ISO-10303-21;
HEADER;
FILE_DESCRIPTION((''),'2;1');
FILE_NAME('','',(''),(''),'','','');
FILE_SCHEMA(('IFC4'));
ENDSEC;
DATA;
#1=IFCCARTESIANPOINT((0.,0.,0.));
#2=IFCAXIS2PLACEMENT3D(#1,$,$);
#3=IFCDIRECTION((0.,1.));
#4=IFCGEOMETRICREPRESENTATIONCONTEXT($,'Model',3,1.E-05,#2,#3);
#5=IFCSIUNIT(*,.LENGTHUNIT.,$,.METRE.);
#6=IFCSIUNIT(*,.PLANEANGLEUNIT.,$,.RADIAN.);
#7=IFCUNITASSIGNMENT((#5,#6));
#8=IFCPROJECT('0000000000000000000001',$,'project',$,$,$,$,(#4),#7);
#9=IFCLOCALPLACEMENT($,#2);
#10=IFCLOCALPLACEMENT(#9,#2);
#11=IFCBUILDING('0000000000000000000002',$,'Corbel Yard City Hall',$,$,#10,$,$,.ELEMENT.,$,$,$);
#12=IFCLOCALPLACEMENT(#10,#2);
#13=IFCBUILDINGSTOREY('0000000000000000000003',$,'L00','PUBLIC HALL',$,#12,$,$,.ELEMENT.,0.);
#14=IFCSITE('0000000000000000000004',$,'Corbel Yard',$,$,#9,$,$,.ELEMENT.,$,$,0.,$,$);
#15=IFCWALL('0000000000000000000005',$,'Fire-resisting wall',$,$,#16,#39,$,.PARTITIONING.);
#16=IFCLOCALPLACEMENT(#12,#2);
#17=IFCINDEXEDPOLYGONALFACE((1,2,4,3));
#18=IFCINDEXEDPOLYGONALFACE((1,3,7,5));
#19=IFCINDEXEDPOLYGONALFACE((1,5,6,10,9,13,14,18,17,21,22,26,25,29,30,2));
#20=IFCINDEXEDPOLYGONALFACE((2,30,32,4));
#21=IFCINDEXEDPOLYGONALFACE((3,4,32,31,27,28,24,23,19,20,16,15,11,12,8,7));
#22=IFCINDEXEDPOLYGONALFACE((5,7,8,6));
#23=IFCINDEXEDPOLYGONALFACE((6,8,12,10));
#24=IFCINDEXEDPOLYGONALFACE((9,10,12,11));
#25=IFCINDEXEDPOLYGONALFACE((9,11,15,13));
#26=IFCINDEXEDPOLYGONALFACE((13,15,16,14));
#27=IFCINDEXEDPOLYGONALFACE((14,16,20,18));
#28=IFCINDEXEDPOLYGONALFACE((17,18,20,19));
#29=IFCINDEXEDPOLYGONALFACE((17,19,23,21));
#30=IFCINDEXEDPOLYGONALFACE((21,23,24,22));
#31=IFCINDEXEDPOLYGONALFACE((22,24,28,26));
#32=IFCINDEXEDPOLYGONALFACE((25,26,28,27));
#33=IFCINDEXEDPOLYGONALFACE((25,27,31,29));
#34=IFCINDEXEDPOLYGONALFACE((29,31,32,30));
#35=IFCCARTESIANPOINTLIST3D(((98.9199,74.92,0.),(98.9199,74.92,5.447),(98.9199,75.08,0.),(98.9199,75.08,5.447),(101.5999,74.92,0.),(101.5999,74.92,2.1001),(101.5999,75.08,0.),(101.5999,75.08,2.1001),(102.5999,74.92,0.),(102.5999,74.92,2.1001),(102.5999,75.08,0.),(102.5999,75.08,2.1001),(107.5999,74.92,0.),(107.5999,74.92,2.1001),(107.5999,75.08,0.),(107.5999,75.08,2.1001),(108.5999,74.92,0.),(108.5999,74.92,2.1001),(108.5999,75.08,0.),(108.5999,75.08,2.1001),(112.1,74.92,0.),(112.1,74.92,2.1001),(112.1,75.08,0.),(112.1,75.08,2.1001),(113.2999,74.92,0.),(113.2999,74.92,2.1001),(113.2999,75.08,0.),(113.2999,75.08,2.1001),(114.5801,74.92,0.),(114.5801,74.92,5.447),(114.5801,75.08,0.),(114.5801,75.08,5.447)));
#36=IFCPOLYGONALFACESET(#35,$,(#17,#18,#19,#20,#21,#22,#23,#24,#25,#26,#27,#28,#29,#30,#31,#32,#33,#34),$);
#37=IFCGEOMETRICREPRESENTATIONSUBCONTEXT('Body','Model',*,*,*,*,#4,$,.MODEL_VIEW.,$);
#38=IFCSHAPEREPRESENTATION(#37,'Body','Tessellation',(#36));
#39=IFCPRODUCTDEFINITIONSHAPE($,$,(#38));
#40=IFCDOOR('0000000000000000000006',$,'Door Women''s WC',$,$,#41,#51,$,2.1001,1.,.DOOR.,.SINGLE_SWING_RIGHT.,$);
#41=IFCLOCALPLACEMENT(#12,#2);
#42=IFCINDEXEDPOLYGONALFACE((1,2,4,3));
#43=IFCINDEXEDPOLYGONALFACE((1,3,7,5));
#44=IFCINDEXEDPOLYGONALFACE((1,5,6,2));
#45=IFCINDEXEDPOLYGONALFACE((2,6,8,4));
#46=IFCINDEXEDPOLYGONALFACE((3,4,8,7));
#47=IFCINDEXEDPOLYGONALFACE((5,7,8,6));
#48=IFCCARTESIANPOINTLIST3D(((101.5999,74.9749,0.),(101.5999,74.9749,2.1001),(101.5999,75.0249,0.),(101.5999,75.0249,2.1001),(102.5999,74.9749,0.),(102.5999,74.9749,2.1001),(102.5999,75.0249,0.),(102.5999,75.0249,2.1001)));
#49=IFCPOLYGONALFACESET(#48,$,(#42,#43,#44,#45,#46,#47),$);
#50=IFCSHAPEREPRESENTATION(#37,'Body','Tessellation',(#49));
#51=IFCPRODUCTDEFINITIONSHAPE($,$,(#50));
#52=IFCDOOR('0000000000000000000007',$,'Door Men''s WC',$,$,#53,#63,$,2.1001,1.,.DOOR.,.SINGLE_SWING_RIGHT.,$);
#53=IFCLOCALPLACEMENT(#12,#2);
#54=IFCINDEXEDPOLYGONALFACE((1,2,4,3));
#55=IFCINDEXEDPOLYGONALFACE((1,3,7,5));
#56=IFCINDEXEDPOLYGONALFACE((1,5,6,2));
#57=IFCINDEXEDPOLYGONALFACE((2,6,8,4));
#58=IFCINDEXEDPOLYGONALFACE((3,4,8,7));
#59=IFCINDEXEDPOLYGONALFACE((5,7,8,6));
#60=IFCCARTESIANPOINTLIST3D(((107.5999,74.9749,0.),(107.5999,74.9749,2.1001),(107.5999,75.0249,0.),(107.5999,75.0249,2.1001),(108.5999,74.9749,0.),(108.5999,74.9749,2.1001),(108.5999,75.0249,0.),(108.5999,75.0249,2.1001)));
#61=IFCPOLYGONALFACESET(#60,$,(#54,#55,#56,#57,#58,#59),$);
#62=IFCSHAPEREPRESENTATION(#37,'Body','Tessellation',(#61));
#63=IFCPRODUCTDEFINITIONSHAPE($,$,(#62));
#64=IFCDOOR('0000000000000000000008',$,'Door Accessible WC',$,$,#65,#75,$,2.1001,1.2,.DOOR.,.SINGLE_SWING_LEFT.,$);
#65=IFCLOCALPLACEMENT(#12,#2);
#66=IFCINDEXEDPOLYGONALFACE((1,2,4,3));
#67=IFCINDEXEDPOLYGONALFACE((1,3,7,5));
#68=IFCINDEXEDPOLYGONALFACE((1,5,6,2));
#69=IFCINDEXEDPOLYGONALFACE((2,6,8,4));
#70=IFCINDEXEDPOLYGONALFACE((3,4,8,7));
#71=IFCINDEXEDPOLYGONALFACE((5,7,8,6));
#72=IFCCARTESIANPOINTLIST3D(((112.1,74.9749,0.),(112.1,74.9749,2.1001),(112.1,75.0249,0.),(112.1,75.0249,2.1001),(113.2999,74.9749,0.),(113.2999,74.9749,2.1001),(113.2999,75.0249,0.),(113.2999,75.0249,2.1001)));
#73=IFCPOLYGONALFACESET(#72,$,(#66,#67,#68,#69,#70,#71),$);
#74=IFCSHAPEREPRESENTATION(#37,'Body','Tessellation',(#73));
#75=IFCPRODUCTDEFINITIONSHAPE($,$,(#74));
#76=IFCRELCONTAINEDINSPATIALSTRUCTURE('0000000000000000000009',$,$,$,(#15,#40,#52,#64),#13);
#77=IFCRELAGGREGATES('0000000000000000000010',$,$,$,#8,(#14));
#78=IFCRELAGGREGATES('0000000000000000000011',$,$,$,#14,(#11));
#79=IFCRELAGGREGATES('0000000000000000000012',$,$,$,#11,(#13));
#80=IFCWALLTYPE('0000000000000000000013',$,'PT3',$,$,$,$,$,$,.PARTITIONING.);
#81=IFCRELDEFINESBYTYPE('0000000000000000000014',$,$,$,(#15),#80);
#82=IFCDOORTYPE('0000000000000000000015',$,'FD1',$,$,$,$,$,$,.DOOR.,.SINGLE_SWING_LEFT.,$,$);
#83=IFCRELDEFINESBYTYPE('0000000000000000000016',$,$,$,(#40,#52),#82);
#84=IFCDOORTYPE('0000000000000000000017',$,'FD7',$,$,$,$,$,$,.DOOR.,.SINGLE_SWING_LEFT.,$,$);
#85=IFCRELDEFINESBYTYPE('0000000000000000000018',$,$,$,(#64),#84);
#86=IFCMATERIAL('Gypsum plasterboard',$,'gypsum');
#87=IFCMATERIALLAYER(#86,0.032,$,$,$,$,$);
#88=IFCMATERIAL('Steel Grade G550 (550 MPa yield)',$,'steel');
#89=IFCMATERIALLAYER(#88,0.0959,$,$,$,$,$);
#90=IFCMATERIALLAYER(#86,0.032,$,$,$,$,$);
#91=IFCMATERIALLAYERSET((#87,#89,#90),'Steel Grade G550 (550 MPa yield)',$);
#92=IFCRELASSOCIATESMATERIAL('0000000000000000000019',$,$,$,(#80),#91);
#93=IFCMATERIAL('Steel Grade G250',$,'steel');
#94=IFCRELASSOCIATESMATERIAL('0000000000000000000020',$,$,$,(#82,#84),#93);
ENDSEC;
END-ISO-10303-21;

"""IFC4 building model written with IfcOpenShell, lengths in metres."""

from ifc_helpers import new_model, si_unit, direction, frame, frame_2d, origin, place, context, subcontext, project, spatial, rectangle, extrude, material, layer, layer_set, type_object, element, fill, save


model = new_model("IFC4")

# Units and contexts
model_context = context("Model", 3, precision=1e-05, world=origin(), true_north=direction((0.0, 1.0)))
body_context = subcontext(model_context, "Body", "Model", "MODEL_VIEW")
ifc_project = project(units=[si_unit("LENGTHUNIT", "METRE"), si_unit("PLANEANGLEUNIT", "RADIAN")], contexts=[model_context])

# Site, building, storey
site_placement = place(None, origin())
site = spatial("IfcSite", under=ifc_project, at=site_placement, Name="Corbel Yard", CompositionType="ELEMENT", RefElevation=0.0)
building_placement = place(site_placement, origin())
building = spatial("IfcBuilding", under=site, at=building_placement, Name="Corbel Yard City Hall", CompositionType="ELEMENT")
storey_placement = place(building_placement, origin())
storey = spatial("IfcBuildingStorey", under=building, at=storey_placement, Name="L00", Description="PUBLIC HALL", CompositionType="ELEMENT", Elevation=0.0)

# Shared definitions
ifc_material_1 = material(Name="Gypsum plasterboard", Category="gypsum")
ifc_material_2 = material(Name="Steel Grade G550 (550 MPa yield)", Category="steel")

# Wall, openings, doors
ifc_layer_1 = layer(ifc_material_1, 0.032)
ifc_layer_2 = layer(ifc_material_2, 0.0959)
ifc_layer_3 = layer(ifc_material_1, 0.032)
ifc_layer_set_1 = layer_set([ifc_layer_1, ifc_layer_2, ifc_layer_3], Name="Steel Grade G550 (550 MPa yield)")
wall_type_1 = type_object("IfcWallType", Name="PT3", PredefinedType="PARTITIONING", material=ifc_layer_set_1)
wall_1_placement = place(storey_placement, frame((98.9199, 75.0, 0.0), z_axis=(0.0, 0.0, 1.0), x_axis=(1.0, 0.0, 0.0)))
wall_1 = element("IfcWall", 1, at=wall_1_placement, inside=storey, type_object=wall_type_1, Name="Fire-resisting wall", PredefinedType="PARTITIONING", context=body_context, shape_type="SweptSolid", body=[
    extrude(rectangle(XDim=15.6602, YDim=0.1599, at=frame_2d((7.8301, 0.0))), origin(), (0.0, 0.0, 1.0), 5.447),
])
opening_1_placement = place(wall_1_placement, frame((2.6799, 0.0, 0.0)))
opening_1 = element("IfcOpeningElement", 2, at=opening_1_placement, cuts=wall_1, PredefinedType="OPENING", context=body_context, shape_type="SweptSolid", body=[
    extrude(rectangle(XDim=1.0, YDim=2.1001, at=frame_2d((0.5, 1.05))), frame((0.0, 0.0898, 0.0), z_axis=(0.0, -1.0, 0.0), x_axis=(1.0, 0.0, 0.0)), (0.0, 0.0, 1.0), 0.1799),
])
opening_2_placement = place(wall_1_placement, frame((8.6799, 0.0, 0.0)))
opening_2 = element("IfcOpeningElement", 3, at=opening_2_placement, cuts=wall_1, PredefinedType="OPENING", context=body_context, shape_type="SweptSolid", body=[
    extrude(rectangle(XDim=1.0, YDim=2.1001, at=frame_2d((0.5, 1.05))), frame((0.0, 0.0898, 0.0), z_axis=(0.0, -1.0, 0.0), x_axis=(1.0, 0.0, 0.0)), (0.0, 0.0, 1.0), 0.1799),
])
opening_3_placement = place(wall_1_placement, frame((13.1799, 0.0, 0.0)))
opening_3 = element("IfcOpeningElement", 4, at=opening_3_placement, cuts=wall_1, PredefinedType="OPENING", context=body_context, shape_type="SweptSolid", body=[
    extrude(rectangle(XDim=1.2, YDim=2.1001, at=frame_2d((0.6001, 1.05))), frame((0.0, 0.0898, 0.0), z_axis=(0.0, -1.0, 0.0), x_axis=(1.0, 0.0, 0.0)), (0.0, 0.0, 1.0), 0.1799),
])
ifc_material_3 = material(Name="Steel Grade G250", Category="steel")
door_type_1 = type_object("IfcDoorType", Name="FD1", OperationType="SINGLE_SWING_LEFT", PredefinedType="DOOR", material=ifc_material_3)
door_1_placement = place(opening_1_placement, origin())
door_1 = element("IfcDoor", 5, at=door_1_placement, inside=storey, type_object=door_type_1, Name="Door Women's WC", OperationType="SINGLE_SWING_RIGHT", OverallHeight=2.1001, OverallWidth=1.0, PredefinedType="DOOR", context=body_context, shape_type="SweptSolid", body=[
    extrude(rectangle(XDim=1.0, YDim=2.1001, at=frame_2d((0.5, 1.05))), frame((0.0, 0.0249, 0.0), z_axis=(0.0, -1.0, 0.0), x_axis=(1.0, 0.0, 0.0)), (0.0, 0.0, 1.0), 0.05),
])
fill(opening_1, door_1)
door_2_placement = place(opening_2_placement, origin())
door_2 = element("IfcDoor", 6, at=door_2_placement, inside=storey, type_object=door_type_1, Name="Door Men's WC", OperationType="SINGLE_SWING_RIGHT", OverallHeight=2.1001, OverallWidth=1.0, PredefinedType="DOOR", context=body_context, shape_type="SweptSolid", body=[
    extrude(rectangle(XDim=1.0, YDim=2.1001, at=frame_2d((0.5, 1.05))), frame((0.0, 0.0249, 0.0), z_axis=(0.0, -1.0, 0.0), x_axis=(1.0, 0.0, 0.0)), (0.0, 0.0, 1.0), 0.05),
])
fill(opening_2, door_2)
door_type_2 = type_object("IfcDoorType", Name="FD7", OperationType="SINGLE_SWING_LEFT", PredefinedType="DOOR", material=ifc_material_3)
door_3_placement = place(opening_3_placement, origin())
door_3 = element("IfcDoor", 7, at=door_3_placement, inside=storey, type_object=door_type_2, Name="Door Accessible WC", OperationType="SINGLE_SWING_LEFT", OverallHeight=2.1001, OverallWidth=1.2, PredefinedType="DOOR", context=body_context, shape_type="SweptSolid", body=[
    extrude(rectangle(XDim=1.2, YDim=2.1001, at=frame_2d((0.6001, 1.05))), frame((0.0, 0.0249, 0.0), z_axis=(0.0, -1.0, 0.0), x_axis=(1.0, 0.0, 0.0)), (0.0, 0.0, 1.0), 0.05),
])
fill(opening_3, door_3)

save(model, "model.ifc")
